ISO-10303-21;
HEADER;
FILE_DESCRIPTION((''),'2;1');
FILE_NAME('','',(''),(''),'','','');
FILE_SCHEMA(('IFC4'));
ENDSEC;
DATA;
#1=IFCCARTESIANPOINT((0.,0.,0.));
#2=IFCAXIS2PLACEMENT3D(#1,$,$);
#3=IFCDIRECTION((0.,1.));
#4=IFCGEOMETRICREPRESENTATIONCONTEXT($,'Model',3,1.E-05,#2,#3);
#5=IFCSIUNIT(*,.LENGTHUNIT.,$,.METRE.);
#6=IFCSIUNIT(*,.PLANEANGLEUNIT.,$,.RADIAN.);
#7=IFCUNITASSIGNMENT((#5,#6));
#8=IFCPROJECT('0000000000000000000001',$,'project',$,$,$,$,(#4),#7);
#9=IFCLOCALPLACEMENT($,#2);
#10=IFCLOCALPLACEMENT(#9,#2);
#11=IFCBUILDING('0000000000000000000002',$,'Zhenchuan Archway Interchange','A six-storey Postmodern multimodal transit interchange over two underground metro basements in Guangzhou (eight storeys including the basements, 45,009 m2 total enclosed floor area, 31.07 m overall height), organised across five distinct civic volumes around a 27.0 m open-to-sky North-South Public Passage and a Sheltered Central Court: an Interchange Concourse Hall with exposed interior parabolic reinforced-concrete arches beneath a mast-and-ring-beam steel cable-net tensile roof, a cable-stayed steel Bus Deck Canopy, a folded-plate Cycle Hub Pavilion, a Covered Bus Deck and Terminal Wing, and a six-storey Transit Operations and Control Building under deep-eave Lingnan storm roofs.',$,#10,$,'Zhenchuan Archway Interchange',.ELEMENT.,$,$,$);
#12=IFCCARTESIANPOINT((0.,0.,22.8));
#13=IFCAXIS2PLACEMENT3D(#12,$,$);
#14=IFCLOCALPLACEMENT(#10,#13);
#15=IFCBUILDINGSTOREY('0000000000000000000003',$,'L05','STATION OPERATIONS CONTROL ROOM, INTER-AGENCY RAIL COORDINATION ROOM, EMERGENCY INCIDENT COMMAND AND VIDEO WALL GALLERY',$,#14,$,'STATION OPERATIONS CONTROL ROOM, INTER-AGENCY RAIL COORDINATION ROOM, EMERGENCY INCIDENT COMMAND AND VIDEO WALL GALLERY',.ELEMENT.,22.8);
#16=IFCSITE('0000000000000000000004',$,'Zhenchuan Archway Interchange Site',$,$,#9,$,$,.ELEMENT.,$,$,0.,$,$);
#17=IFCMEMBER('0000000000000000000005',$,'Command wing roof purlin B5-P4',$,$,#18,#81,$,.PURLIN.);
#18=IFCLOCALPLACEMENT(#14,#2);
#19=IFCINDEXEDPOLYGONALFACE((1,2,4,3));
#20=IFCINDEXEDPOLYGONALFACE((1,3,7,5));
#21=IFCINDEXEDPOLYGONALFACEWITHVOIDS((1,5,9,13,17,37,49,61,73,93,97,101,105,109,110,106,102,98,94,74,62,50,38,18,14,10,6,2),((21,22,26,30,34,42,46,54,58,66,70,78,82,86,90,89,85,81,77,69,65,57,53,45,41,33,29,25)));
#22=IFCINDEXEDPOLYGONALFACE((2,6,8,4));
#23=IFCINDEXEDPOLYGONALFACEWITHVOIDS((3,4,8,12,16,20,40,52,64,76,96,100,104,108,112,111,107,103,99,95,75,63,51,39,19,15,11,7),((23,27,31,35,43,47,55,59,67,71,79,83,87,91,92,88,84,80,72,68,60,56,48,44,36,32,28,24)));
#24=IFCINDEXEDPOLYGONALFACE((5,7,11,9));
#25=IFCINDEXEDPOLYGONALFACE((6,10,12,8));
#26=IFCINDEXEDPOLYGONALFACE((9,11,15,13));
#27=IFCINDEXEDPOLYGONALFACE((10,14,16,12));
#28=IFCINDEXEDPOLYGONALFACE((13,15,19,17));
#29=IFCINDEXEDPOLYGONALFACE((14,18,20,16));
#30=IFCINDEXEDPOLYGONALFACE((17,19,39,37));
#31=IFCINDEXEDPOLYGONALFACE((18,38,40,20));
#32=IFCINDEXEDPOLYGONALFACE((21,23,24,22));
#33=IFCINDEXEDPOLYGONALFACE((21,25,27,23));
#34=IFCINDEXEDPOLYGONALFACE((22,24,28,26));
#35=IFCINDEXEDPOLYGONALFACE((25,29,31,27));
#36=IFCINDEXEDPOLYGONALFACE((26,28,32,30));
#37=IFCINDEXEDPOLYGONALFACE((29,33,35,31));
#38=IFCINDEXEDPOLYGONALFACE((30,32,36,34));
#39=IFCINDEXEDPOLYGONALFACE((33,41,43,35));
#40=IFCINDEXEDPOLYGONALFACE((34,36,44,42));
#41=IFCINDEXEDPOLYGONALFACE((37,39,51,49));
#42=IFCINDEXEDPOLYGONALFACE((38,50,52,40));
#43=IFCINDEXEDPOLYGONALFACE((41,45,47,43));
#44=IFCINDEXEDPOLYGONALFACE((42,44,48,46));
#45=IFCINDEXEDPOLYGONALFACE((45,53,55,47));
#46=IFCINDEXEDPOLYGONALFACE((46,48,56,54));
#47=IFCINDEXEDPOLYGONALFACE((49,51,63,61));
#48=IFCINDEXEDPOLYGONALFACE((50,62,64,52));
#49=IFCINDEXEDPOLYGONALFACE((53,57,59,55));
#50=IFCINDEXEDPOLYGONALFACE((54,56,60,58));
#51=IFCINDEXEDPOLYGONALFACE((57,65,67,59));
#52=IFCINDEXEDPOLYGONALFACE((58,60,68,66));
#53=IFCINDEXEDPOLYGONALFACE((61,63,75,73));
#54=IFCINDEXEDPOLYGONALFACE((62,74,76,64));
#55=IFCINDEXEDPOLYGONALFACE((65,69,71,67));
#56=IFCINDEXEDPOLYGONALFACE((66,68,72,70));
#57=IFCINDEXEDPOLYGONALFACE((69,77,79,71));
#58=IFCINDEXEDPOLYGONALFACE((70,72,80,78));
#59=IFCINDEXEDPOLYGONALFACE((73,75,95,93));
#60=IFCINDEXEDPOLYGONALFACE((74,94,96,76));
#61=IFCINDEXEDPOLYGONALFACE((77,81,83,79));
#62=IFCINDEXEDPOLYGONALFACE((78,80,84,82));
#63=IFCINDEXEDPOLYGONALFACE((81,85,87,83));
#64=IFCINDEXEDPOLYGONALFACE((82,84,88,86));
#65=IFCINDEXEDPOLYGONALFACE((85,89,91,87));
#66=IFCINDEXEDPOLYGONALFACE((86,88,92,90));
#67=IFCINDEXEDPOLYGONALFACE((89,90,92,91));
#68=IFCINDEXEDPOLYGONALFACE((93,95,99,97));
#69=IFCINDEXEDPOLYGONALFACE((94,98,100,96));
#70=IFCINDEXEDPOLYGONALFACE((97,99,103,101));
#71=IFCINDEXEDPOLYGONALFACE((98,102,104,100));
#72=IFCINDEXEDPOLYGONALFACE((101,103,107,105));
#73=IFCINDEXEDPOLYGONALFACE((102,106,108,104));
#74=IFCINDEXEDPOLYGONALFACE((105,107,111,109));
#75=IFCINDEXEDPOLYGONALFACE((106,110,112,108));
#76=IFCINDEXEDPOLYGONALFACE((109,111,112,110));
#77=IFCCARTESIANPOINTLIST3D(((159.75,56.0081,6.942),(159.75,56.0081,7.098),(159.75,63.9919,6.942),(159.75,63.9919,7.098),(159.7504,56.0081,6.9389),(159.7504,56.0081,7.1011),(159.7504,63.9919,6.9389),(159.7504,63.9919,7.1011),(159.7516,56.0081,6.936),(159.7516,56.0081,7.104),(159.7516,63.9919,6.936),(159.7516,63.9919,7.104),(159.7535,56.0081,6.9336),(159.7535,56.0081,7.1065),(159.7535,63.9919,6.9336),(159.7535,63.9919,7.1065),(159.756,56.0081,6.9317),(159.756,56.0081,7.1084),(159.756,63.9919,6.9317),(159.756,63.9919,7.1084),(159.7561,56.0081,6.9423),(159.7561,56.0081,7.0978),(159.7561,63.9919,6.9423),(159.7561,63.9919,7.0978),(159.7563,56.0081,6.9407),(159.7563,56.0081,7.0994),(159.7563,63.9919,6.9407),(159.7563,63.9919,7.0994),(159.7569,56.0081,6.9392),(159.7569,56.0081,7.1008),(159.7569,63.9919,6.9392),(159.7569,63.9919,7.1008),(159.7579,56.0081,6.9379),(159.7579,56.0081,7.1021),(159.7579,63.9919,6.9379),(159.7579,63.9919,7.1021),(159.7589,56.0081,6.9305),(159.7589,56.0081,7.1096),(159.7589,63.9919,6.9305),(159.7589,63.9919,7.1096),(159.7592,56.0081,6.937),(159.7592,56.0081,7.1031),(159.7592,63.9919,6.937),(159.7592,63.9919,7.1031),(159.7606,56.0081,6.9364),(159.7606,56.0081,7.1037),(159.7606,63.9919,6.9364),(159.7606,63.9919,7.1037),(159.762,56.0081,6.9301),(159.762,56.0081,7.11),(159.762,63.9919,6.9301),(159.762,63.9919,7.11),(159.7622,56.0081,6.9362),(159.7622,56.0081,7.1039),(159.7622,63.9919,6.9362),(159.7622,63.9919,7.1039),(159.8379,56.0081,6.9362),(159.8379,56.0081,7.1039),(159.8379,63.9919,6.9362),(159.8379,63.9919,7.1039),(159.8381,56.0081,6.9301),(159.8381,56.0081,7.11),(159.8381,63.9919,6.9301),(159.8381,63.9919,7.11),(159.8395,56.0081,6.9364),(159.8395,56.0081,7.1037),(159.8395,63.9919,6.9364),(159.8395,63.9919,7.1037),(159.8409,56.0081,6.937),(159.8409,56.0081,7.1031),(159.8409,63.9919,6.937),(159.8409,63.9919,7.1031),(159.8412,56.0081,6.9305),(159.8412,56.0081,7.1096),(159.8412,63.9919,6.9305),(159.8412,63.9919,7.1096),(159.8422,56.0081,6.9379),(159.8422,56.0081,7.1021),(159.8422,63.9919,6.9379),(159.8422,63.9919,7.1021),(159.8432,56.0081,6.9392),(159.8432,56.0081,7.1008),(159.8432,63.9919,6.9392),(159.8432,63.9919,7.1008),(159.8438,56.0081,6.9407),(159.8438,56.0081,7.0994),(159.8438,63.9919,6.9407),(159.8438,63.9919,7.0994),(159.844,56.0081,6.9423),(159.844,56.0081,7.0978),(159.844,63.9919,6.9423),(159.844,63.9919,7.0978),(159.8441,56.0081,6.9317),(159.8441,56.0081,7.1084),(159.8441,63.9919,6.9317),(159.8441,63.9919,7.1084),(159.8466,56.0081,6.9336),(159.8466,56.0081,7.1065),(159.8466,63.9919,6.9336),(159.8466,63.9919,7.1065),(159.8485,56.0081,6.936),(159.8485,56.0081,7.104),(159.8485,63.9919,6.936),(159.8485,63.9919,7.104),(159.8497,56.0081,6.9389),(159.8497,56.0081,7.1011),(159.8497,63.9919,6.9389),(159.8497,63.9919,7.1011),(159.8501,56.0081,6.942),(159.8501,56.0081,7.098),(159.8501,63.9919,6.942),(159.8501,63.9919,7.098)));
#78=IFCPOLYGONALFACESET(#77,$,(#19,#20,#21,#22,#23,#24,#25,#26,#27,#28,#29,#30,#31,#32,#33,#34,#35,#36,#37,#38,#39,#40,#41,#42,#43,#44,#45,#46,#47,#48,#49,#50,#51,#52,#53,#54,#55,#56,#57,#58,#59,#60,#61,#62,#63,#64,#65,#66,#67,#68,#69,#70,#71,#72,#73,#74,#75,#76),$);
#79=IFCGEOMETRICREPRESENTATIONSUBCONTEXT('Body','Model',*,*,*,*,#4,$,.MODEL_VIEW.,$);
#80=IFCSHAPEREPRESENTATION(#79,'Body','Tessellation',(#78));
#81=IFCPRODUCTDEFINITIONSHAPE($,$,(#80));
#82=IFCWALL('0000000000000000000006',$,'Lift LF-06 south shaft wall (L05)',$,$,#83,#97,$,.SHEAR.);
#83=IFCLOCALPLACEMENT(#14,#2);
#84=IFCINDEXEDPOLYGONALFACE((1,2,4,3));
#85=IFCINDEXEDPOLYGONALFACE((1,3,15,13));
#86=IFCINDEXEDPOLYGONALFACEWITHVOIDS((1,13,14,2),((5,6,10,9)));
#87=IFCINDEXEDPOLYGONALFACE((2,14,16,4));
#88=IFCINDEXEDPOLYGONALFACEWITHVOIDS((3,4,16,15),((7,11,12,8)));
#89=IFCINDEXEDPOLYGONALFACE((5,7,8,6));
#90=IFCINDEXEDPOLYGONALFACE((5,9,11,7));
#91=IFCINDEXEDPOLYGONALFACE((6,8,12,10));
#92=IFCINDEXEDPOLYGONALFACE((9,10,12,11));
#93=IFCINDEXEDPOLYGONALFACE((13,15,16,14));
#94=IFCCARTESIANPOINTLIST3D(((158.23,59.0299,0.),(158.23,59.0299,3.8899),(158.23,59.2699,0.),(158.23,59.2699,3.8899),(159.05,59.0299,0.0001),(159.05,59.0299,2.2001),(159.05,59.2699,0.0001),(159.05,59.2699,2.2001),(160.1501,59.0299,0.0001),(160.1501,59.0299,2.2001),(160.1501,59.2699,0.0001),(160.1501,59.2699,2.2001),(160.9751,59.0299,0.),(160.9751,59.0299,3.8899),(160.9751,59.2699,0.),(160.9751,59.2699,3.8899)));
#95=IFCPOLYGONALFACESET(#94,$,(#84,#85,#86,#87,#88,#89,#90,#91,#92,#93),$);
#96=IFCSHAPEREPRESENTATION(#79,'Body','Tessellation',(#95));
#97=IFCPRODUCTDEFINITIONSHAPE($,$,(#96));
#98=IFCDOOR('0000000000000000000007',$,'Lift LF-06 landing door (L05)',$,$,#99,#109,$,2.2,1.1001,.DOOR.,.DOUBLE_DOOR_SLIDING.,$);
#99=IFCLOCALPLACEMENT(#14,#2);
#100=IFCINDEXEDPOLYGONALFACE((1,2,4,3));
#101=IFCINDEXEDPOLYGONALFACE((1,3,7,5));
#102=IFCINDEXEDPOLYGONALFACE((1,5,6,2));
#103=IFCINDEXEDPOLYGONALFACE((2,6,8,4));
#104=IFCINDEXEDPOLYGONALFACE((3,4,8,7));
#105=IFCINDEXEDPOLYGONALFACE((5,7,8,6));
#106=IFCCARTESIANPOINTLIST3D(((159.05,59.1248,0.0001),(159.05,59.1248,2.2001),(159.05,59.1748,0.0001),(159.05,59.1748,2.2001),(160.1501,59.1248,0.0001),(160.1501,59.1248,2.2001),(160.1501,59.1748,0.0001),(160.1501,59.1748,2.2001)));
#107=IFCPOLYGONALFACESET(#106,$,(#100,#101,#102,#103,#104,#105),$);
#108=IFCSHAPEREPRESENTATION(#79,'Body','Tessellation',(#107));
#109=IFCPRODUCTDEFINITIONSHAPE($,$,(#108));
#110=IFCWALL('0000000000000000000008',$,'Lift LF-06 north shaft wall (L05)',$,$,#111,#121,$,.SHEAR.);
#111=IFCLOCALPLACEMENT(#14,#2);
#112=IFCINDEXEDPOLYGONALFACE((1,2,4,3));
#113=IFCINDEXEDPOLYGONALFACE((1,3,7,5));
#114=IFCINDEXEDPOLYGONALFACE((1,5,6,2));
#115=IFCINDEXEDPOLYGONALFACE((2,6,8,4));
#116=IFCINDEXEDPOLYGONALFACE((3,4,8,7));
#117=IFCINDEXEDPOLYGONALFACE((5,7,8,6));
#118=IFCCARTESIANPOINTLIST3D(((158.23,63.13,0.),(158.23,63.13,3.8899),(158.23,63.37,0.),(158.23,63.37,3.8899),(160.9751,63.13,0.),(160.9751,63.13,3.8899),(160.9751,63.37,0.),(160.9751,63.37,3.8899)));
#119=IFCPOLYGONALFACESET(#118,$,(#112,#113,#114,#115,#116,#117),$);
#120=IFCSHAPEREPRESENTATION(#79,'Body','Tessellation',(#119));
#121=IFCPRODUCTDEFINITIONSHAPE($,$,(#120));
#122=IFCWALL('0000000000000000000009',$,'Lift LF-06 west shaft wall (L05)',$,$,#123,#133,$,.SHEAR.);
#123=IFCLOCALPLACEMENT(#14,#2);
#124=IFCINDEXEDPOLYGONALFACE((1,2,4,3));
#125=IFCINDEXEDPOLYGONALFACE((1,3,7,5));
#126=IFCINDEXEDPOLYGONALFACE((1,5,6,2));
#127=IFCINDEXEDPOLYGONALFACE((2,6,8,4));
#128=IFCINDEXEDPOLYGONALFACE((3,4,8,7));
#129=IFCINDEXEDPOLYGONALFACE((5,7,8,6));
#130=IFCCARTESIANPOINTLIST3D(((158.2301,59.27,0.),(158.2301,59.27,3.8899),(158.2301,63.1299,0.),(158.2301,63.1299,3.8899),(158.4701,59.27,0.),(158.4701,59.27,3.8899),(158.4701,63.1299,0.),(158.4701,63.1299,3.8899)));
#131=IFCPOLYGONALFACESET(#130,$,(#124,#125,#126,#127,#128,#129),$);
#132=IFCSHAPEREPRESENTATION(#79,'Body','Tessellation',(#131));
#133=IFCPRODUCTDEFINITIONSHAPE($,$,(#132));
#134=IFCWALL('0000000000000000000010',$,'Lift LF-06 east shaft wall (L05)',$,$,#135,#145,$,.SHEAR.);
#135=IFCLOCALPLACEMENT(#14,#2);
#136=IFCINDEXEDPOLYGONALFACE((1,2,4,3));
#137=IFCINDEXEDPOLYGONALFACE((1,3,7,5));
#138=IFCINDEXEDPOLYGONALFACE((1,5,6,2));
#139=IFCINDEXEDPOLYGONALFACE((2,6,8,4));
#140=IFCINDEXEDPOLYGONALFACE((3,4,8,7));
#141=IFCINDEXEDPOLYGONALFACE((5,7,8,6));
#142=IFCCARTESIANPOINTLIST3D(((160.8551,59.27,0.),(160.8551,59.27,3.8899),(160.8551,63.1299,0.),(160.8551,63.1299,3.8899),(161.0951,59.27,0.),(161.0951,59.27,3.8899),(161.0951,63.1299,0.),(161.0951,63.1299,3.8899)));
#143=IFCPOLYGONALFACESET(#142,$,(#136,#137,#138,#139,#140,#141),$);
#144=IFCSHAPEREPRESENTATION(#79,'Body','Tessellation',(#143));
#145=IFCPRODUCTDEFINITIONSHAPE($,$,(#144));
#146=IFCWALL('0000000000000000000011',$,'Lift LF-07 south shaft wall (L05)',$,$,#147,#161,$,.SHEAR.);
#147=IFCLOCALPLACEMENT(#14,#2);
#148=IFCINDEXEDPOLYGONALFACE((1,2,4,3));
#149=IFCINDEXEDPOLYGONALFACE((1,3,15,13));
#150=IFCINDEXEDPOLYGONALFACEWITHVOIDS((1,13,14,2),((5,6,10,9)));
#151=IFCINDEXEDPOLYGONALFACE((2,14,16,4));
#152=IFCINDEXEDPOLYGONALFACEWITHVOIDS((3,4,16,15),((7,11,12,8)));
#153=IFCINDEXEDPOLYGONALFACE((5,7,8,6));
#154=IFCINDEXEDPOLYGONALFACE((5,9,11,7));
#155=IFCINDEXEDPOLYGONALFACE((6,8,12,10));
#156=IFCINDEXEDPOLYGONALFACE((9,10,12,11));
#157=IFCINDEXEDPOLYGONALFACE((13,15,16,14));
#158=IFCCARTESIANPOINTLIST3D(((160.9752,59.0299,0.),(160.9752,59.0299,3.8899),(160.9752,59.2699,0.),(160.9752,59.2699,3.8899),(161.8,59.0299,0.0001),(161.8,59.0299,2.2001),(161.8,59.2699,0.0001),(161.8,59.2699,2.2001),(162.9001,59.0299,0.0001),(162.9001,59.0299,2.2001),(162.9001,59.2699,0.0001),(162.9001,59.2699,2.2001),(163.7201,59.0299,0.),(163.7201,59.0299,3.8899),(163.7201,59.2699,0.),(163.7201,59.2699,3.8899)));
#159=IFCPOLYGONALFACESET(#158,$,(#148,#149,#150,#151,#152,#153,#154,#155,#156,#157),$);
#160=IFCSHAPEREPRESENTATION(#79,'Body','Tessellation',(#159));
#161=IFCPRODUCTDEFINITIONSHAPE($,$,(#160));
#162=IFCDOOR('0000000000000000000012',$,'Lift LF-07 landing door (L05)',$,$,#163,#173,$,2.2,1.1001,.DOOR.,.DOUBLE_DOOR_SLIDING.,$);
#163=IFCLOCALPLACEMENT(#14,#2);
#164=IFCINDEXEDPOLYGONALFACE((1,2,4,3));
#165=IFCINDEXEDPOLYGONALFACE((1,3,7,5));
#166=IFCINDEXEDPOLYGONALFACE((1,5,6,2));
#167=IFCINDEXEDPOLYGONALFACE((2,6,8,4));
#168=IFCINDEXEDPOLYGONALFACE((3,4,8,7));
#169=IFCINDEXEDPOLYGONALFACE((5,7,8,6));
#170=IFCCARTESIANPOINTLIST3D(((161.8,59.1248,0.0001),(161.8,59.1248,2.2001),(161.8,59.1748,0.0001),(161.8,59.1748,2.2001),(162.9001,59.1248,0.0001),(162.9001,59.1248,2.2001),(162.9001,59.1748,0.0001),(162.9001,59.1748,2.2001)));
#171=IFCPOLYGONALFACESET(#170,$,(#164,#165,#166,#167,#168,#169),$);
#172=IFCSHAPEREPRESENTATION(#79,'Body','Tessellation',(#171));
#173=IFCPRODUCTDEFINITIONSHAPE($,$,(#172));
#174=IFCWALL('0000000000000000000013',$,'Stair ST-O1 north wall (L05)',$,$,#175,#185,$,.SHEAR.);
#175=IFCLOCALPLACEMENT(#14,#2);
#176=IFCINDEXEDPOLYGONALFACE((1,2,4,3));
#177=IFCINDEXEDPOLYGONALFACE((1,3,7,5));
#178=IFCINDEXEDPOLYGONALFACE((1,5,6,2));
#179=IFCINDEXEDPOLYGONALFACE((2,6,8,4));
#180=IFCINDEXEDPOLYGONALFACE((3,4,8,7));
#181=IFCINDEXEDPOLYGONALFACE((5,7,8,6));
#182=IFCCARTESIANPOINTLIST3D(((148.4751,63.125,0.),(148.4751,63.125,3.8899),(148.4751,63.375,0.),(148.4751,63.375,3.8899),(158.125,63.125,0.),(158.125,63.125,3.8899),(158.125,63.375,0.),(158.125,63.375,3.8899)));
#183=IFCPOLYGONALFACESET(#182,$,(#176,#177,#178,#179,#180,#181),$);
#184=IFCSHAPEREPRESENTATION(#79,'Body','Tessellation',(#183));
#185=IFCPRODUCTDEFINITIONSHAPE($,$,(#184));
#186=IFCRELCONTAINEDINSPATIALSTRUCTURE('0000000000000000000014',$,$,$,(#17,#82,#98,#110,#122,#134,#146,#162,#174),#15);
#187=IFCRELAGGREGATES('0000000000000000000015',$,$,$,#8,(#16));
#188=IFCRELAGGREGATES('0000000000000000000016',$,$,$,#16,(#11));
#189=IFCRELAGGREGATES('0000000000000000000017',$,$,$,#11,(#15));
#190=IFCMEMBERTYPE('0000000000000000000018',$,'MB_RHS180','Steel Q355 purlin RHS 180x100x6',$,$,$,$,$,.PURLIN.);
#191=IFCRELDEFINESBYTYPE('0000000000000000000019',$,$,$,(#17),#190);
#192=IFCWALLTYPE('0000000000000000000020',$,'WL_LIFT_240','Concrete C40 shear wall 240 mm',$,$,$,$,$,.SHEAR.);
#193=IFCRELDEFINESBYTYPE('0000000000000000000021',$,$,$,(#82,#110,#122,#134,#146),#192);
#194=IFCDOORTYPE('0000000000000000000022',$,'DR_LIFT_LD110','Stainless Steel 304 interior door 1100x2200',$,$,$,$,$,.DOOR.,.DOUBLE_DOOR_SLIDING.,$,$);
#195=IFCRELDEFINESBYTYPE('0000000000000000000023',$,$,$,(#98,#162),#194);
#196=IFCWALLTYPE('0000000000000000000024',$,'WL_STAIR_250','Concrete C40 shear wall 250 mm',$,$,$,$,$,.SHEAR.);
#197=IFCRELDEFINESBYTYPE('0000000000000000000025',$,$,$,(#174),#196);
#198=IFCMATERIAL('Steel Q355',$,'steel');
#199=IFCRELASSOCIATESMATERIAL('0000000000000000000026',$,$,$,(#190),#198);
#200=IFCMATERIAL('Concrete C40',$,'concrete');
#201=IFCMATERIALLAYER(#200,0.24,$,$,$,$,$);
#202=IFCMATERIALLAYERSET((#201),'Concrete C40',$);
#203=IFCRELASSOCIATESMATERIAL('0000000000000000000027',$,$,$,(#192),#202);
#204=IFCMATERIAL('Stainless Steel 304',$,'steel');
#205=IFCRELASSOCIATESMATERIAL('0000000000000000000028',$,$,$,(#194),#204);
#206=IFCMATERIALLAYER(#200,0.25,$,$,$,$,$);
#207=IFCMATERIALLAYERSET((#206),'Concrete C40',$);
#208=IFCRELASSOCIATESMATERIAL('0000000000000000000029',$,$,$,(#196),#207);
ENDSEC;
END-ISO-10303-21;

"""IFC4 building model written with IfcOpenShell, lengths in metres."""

from ifc_helpers import new_model, si_unit, direction, frame, frame_2d, origin, origin_2d, place, context, subcontext, project, spatial, rectangle, hollow_rectangle, extrude, material, layer, layer_set, material_profile, profile_set, type_object, element, fill, save


model = new_model("IFC4")

# Units and contexts
model_context = context("Model", 3, precision=1e-05, world=origin(), true_north=direction((0.0, 1.0)))
body_context = subcontext(model_context, "Body", "Model", "MODEL_VIEW")
ifc_project = project(units=[si_unit("LENGTHUNIT", "METRE"), si_unit("PLANEANGLEUNIT", "RADIAN")], contexts=[model_context])

# Site, building, storey
site_placement = place(None, origin())
site = spatial("IfcSite", under=ifc_project, at=site_placement, Name="Zhenchuan Archway Interchange Site", CompositionType="ELEMENT", RefElevation=0.0)
building_placement = place(site_placement, origin())
building = spatial("IfcBuilding", under=site, at=building_placement, Name="Zhenchuan Archway Interchange", Description="A six-storey Postmodern multimodal transit interchange over two underground metro basements in Guangzhou (eight storeys including the basements, 45,009 m2 total enclosed floor area, 31.07 m overall height), organised across five distinct civic volumes around a 27.0 m open-to-sky North-South Public Passage and a Sheltered Central Court: an Interchange Concourse Hall with exposed interior parabolic reinforced-concrete arches beneath a mast-and-ring-beam steel cable-net tensile roof, a cable-stayed steel Bus Deck Canopy, a folded-plate Cycle Hub Pavilion, a Covered Bus Deck and Terminal Wing, and a six-storey Transit Operations and Control Building under deep-eave Lingnan storm roofs.", LongName="Zhenchuan Archway Interchange", CompositionType="ELEMENT")
storey_placement = place(building_placement, frame((0.0, 0.0, 22.8)))
storey = spatial("IfcBuildingStorey", under=building, at=storey_placement, Name="L05", Description="STATION OPERATIONS CONTROL ROOM, INTER-AGENCY RAIL COORDINATION ROOM, EMERGENCY INCIDENT COMMAND AND VIDEO WALL GALLERY", LongName="STATION OPERATIONS CONTROL ROOM, INTER-AGENCY RAIL COORDINATION ROOM, EMERGENCY INCIDENT COMMAND AND VIDEO WALL GALLERY", CompositionType="ELEMENT", Elevation=22.8)

# Shared definitions
ifc_material_1 = material(Name="Concrete C40", Category="concrete")

# Shared definitions
ifc_material_2 = material(Name="Steel Q355", Category="steel")

# Member
ifc_material_profile_1 = material_profile(ifc_material_2, hollow_rectangle(XDim=0.1001, YDim=0.1799, WallThickness=0.0061, InnerFilletRadius=0.0061, OuterFilletRadius=0.012, at=origin_2d()), Name="RHS 180x100x6")
ifc_profile_set_1 = profile_set([ifc_material_profile_1], Name="Steel Q355")
member_type_1 = type_object("IfcMemberType", Name="MB_RHS180", Description="Steel Q355 purlin RHS 180x100x6", PredefinedType="PURLIN", material=ifc_profile_set_1)
member_placement = place(storey_placement, frame((159.8, 56.0081, 7.02), z_axis=(0.0, 1.0, 0.0), x_axis=(-1.0, 0.0, 0.0)))
element("IfcMember", 1, at=member_placement, inside=storey, type_object=member_type_1, Name="Command wing roof purlin B5-P4", PredefinedType="PURLIN", context=body_context, shape_type="SweptSolid", body=[
    extrude(hollow_rectangle(XDim=0.1001, YDim=0.1799, WallThickness=0.0061, InnerFilletRadius=0.0061, OuterFilletRadius=0.012, at=origin_2d()), origin(), (0.0, 0.0, 1.0), 7.9839),
])

# Wall, opening, door
ifc_layer_1 = layer(ifc_material_1, 0.24)
ifc_layer_set_1 = layer_set([ifc_layer_1], Name="Concrete C40")
wall_type_1 = type_object("IfcWallType", Name="WL_LIFT_240", Description="Concrete C40 shear wall 240 mm", PredefinedType="SHEAR", material=ifc_layer_set_1)
wall_1_placement = place(storey_placement, frame((158.23, 59.1499, 0.0), z_axis=(0.0, 0.0, 1.0), x_axis=(1.0, 0.0, 0.0)))
wall_1 = element("IfcWall", 2, at=wall_1_placement, inside=storey, type_object=wall_type_1, Name="Lift LF-06 south shaft wall (L05)", PredefinedType="SHEAR", context=body_context, shape_type="SweptSolid", body=[
    extrude(rectangle(XDim=2.7451, YDim=0.24, at=frame_2d((1.3726, 0.0))), origin(), (0.0, 0.0, 1.0), 3.8899),
])
opening_1_placement = place(wall_1_placement, frame((0.8201, 0.0, 0.0)))
opening_1 = element("IfcOpeningElement", 3, at=opening_1_placement, cuts=wall_1, PredefinedType="OPENING", context=body_context, shape_type="SweptSolid", body=[
    extrude(rectangle(XDim=1.1001, YDim=2.2, at=frame_2d((0.55, 1.1001))), frame((0.0, 0.1318, 0.0), z_axis=(0.0, -1.0, 0.0), x_axis=(1.0, 0.0, 0.0)), (0.0, 0.0, 1.0), 0.2639),
])
ifc_material_3 = material(Name="Stainless Steel 304", Category="steel")
door_type = type_object("IfcDoorType", Name="DR_LIFT_LD110", Description="Stainless Steel 304 interior door 1100x2200", OperationType="DOUBLE_DOOR_SLIDING", PredefinedType="DOOR", material=ifc_material_3)
door_1_placement = place(opening_1_placement, origin())
door_1 = element("IfcDoor", 4, at=door_1_placement, inside=storey, type_object=door_type, Name="Lift LF-06 landing door (L05)", OperationType="DOUBLE_DOOR_SLIDING", OverallHeight=2.2, OverallWidth=1.1001, PredefinedType="DOOR", context=body_context, shape_type="SweptSolid", body=[
    extrude(rectangle(XDim=1.1001, YDim=2.2, at=frame_2d((0.55, 1.1001))), frame((0.0, 0.0249, 0.0), z_axis=(0.0, -1.0, 0.0), x_axis=(1.0, 0.0, 0.0)), (0.0, 0.0, 1.0), 0.05),
])
fill(opening_1, door_1)

# Walls
wall_2_placement = place(storey_placement, frame((160.9751, 63.25, 0.0), z_axis=(0.0, 0.0, 1.0), x_axis=(-1.0, 0.0, 0.0)))
element("IfcWall", 5, at=wall_2_placement, inside=storey, type_object=wall_type_1, Name="Lift LF-06 north shaft wall (L05)", PredefinedType="SHEAR", context=body_context, shape_type="SweptSolid", body=[
    extrude(rectangle(XDim=2.7451, YDim=0.24, at=frame_2d((1.3726, 0.0))), origin(), (0.0, 0.0, 1.0), 3.8899),
])
for number, where, z_axis, x_axis, name in (
    (6, (158.3501, 63.1299, 0.0), (0.0, 0.0, 1.0), (0.0, -1.0, 0.0), "Lift LF-06 west shaft wall (L05)"),
    (7, (160.9751, 59.27, 0.0), (0.0, 0.0, 1.0), (0.0, 1.0, 0.0), "Lift LF-06 east shaft wall (L05)"),
):
    element("IfcWall", number, at=place(storey_placement, frame(where, z_axis=z_axis, x_axis=x_axis)), inside=storey, type_object=wall_type_1, Name=name, PredefinedType="SHEAR", context=body_context, shape_type="SweptSolid", body=[
        extrude(rectangle(XDim=3.8599, YDim=0.24, at=frame_2d((1.9299, 0.0))), origin(), (0.0, 0.0, 1.0), 3.8899),
    ])

# Wall, opening, door
wall_3_placement = place(storey_placement, frame((160.9751, 59.1499, 0.0), z_axis=(0.0, 0.0, 1.0), x_axis=(1.0, 0.0, 0.0)))
wall_3 = element("IfcWall", 8, at=wall_3_placement, inside=storey, type_object=wall_type_1, Name="Lift LF-07 south shaft wall (L05)", PredefinedType="SHEAR", context=body_context, shape_type="SweptSolid", body=[
    extrude(rectangle(XDim=2.7449, YDim=0.24, at=frame_2d((1.3726, 0.0))), origin(), (0.0, 0.0, 1.0), 3.8899),
])
opening_2_placement = place(wall_3_placement, frame((0.825, 0.0, 0.0)))
opening_2 = element("IfcOpeningElement", 9, at=opening_2_placement, cuts=wall_3, PredefinedType="OPENING", context=body_context, shape_type="SweptSolid", body=[
    extrude(rectangle(XDim=1.1001, YDim=2.2, at=frame_2d((0.55, 1.1001))), frame((0.0, 0.1318, 0.0), z_axis=(0.0, -1.0, 0.0), x_axis=(1.0, 0.0, 0.0)), (0.0, 0.0, 1.0), 0.2639),
])
door_2_placement = place(opening_2_placement, origin())
door_2 = element("IfcDoor", 10, at=door_2_placement, inside=storey, type_object=door_type, Name="Lift LF-07 landing door (L05)", OperationType="DOUBLE_DOOR_SLIDING", OverallHeight=2.2, OverallWidth=1.1001, PredefinedType="DOOR", context=body_context, shape_type="SweptSolid", body=[
    extrude(rectangle(XDim=1.1001, YDim=2.2, at=frame_2d((0.55, 1.1001))), frame((0.0, 0.0249, 0.0), z_axis=(0.0, -1.0, 0.0), x_axis=(1.0, 0.0, 0.0)), (0.0, 0.0, 1.0), 0.05),
])
fill(opening_2, door_2)

# Wall
ifc_layer_2 = layer(ifc_material_1, 0.25)
ifc_layer_set_2 = layer_set([ifc_layer_2], Name="Concrete C40")
wall_type_2 = type_object("IfcWallType", Name="WL_STAIR_250", Description="Concrete C40 shear wall 250 mm", PredefinedType="SHEAR", material=ifc_layer_set_2)
wall_4_placement = place(storey_placement, frame((158.125, 63.25, 0.0), z_axis=(0.0, 0.0, 1.0), x_axis=(-1.0, 0.0, 0.0)))
element("IfcWall", 11, at=wall_4_placement, inside=storey, type_object=wall_type_2, Name="Stair ST-O1 north wall (L05)", PredefinedType="SHEAR", context=body_context, shape_type="SweptSolid", body=[
    extrude(rectangle(XDim=9.6499, YDim=0.25, at=frame_2d((4.825, 0.0))), origin(), (0.0, 0.0, 1.0), 3.8899),
])

save(model, "model.ifc")
